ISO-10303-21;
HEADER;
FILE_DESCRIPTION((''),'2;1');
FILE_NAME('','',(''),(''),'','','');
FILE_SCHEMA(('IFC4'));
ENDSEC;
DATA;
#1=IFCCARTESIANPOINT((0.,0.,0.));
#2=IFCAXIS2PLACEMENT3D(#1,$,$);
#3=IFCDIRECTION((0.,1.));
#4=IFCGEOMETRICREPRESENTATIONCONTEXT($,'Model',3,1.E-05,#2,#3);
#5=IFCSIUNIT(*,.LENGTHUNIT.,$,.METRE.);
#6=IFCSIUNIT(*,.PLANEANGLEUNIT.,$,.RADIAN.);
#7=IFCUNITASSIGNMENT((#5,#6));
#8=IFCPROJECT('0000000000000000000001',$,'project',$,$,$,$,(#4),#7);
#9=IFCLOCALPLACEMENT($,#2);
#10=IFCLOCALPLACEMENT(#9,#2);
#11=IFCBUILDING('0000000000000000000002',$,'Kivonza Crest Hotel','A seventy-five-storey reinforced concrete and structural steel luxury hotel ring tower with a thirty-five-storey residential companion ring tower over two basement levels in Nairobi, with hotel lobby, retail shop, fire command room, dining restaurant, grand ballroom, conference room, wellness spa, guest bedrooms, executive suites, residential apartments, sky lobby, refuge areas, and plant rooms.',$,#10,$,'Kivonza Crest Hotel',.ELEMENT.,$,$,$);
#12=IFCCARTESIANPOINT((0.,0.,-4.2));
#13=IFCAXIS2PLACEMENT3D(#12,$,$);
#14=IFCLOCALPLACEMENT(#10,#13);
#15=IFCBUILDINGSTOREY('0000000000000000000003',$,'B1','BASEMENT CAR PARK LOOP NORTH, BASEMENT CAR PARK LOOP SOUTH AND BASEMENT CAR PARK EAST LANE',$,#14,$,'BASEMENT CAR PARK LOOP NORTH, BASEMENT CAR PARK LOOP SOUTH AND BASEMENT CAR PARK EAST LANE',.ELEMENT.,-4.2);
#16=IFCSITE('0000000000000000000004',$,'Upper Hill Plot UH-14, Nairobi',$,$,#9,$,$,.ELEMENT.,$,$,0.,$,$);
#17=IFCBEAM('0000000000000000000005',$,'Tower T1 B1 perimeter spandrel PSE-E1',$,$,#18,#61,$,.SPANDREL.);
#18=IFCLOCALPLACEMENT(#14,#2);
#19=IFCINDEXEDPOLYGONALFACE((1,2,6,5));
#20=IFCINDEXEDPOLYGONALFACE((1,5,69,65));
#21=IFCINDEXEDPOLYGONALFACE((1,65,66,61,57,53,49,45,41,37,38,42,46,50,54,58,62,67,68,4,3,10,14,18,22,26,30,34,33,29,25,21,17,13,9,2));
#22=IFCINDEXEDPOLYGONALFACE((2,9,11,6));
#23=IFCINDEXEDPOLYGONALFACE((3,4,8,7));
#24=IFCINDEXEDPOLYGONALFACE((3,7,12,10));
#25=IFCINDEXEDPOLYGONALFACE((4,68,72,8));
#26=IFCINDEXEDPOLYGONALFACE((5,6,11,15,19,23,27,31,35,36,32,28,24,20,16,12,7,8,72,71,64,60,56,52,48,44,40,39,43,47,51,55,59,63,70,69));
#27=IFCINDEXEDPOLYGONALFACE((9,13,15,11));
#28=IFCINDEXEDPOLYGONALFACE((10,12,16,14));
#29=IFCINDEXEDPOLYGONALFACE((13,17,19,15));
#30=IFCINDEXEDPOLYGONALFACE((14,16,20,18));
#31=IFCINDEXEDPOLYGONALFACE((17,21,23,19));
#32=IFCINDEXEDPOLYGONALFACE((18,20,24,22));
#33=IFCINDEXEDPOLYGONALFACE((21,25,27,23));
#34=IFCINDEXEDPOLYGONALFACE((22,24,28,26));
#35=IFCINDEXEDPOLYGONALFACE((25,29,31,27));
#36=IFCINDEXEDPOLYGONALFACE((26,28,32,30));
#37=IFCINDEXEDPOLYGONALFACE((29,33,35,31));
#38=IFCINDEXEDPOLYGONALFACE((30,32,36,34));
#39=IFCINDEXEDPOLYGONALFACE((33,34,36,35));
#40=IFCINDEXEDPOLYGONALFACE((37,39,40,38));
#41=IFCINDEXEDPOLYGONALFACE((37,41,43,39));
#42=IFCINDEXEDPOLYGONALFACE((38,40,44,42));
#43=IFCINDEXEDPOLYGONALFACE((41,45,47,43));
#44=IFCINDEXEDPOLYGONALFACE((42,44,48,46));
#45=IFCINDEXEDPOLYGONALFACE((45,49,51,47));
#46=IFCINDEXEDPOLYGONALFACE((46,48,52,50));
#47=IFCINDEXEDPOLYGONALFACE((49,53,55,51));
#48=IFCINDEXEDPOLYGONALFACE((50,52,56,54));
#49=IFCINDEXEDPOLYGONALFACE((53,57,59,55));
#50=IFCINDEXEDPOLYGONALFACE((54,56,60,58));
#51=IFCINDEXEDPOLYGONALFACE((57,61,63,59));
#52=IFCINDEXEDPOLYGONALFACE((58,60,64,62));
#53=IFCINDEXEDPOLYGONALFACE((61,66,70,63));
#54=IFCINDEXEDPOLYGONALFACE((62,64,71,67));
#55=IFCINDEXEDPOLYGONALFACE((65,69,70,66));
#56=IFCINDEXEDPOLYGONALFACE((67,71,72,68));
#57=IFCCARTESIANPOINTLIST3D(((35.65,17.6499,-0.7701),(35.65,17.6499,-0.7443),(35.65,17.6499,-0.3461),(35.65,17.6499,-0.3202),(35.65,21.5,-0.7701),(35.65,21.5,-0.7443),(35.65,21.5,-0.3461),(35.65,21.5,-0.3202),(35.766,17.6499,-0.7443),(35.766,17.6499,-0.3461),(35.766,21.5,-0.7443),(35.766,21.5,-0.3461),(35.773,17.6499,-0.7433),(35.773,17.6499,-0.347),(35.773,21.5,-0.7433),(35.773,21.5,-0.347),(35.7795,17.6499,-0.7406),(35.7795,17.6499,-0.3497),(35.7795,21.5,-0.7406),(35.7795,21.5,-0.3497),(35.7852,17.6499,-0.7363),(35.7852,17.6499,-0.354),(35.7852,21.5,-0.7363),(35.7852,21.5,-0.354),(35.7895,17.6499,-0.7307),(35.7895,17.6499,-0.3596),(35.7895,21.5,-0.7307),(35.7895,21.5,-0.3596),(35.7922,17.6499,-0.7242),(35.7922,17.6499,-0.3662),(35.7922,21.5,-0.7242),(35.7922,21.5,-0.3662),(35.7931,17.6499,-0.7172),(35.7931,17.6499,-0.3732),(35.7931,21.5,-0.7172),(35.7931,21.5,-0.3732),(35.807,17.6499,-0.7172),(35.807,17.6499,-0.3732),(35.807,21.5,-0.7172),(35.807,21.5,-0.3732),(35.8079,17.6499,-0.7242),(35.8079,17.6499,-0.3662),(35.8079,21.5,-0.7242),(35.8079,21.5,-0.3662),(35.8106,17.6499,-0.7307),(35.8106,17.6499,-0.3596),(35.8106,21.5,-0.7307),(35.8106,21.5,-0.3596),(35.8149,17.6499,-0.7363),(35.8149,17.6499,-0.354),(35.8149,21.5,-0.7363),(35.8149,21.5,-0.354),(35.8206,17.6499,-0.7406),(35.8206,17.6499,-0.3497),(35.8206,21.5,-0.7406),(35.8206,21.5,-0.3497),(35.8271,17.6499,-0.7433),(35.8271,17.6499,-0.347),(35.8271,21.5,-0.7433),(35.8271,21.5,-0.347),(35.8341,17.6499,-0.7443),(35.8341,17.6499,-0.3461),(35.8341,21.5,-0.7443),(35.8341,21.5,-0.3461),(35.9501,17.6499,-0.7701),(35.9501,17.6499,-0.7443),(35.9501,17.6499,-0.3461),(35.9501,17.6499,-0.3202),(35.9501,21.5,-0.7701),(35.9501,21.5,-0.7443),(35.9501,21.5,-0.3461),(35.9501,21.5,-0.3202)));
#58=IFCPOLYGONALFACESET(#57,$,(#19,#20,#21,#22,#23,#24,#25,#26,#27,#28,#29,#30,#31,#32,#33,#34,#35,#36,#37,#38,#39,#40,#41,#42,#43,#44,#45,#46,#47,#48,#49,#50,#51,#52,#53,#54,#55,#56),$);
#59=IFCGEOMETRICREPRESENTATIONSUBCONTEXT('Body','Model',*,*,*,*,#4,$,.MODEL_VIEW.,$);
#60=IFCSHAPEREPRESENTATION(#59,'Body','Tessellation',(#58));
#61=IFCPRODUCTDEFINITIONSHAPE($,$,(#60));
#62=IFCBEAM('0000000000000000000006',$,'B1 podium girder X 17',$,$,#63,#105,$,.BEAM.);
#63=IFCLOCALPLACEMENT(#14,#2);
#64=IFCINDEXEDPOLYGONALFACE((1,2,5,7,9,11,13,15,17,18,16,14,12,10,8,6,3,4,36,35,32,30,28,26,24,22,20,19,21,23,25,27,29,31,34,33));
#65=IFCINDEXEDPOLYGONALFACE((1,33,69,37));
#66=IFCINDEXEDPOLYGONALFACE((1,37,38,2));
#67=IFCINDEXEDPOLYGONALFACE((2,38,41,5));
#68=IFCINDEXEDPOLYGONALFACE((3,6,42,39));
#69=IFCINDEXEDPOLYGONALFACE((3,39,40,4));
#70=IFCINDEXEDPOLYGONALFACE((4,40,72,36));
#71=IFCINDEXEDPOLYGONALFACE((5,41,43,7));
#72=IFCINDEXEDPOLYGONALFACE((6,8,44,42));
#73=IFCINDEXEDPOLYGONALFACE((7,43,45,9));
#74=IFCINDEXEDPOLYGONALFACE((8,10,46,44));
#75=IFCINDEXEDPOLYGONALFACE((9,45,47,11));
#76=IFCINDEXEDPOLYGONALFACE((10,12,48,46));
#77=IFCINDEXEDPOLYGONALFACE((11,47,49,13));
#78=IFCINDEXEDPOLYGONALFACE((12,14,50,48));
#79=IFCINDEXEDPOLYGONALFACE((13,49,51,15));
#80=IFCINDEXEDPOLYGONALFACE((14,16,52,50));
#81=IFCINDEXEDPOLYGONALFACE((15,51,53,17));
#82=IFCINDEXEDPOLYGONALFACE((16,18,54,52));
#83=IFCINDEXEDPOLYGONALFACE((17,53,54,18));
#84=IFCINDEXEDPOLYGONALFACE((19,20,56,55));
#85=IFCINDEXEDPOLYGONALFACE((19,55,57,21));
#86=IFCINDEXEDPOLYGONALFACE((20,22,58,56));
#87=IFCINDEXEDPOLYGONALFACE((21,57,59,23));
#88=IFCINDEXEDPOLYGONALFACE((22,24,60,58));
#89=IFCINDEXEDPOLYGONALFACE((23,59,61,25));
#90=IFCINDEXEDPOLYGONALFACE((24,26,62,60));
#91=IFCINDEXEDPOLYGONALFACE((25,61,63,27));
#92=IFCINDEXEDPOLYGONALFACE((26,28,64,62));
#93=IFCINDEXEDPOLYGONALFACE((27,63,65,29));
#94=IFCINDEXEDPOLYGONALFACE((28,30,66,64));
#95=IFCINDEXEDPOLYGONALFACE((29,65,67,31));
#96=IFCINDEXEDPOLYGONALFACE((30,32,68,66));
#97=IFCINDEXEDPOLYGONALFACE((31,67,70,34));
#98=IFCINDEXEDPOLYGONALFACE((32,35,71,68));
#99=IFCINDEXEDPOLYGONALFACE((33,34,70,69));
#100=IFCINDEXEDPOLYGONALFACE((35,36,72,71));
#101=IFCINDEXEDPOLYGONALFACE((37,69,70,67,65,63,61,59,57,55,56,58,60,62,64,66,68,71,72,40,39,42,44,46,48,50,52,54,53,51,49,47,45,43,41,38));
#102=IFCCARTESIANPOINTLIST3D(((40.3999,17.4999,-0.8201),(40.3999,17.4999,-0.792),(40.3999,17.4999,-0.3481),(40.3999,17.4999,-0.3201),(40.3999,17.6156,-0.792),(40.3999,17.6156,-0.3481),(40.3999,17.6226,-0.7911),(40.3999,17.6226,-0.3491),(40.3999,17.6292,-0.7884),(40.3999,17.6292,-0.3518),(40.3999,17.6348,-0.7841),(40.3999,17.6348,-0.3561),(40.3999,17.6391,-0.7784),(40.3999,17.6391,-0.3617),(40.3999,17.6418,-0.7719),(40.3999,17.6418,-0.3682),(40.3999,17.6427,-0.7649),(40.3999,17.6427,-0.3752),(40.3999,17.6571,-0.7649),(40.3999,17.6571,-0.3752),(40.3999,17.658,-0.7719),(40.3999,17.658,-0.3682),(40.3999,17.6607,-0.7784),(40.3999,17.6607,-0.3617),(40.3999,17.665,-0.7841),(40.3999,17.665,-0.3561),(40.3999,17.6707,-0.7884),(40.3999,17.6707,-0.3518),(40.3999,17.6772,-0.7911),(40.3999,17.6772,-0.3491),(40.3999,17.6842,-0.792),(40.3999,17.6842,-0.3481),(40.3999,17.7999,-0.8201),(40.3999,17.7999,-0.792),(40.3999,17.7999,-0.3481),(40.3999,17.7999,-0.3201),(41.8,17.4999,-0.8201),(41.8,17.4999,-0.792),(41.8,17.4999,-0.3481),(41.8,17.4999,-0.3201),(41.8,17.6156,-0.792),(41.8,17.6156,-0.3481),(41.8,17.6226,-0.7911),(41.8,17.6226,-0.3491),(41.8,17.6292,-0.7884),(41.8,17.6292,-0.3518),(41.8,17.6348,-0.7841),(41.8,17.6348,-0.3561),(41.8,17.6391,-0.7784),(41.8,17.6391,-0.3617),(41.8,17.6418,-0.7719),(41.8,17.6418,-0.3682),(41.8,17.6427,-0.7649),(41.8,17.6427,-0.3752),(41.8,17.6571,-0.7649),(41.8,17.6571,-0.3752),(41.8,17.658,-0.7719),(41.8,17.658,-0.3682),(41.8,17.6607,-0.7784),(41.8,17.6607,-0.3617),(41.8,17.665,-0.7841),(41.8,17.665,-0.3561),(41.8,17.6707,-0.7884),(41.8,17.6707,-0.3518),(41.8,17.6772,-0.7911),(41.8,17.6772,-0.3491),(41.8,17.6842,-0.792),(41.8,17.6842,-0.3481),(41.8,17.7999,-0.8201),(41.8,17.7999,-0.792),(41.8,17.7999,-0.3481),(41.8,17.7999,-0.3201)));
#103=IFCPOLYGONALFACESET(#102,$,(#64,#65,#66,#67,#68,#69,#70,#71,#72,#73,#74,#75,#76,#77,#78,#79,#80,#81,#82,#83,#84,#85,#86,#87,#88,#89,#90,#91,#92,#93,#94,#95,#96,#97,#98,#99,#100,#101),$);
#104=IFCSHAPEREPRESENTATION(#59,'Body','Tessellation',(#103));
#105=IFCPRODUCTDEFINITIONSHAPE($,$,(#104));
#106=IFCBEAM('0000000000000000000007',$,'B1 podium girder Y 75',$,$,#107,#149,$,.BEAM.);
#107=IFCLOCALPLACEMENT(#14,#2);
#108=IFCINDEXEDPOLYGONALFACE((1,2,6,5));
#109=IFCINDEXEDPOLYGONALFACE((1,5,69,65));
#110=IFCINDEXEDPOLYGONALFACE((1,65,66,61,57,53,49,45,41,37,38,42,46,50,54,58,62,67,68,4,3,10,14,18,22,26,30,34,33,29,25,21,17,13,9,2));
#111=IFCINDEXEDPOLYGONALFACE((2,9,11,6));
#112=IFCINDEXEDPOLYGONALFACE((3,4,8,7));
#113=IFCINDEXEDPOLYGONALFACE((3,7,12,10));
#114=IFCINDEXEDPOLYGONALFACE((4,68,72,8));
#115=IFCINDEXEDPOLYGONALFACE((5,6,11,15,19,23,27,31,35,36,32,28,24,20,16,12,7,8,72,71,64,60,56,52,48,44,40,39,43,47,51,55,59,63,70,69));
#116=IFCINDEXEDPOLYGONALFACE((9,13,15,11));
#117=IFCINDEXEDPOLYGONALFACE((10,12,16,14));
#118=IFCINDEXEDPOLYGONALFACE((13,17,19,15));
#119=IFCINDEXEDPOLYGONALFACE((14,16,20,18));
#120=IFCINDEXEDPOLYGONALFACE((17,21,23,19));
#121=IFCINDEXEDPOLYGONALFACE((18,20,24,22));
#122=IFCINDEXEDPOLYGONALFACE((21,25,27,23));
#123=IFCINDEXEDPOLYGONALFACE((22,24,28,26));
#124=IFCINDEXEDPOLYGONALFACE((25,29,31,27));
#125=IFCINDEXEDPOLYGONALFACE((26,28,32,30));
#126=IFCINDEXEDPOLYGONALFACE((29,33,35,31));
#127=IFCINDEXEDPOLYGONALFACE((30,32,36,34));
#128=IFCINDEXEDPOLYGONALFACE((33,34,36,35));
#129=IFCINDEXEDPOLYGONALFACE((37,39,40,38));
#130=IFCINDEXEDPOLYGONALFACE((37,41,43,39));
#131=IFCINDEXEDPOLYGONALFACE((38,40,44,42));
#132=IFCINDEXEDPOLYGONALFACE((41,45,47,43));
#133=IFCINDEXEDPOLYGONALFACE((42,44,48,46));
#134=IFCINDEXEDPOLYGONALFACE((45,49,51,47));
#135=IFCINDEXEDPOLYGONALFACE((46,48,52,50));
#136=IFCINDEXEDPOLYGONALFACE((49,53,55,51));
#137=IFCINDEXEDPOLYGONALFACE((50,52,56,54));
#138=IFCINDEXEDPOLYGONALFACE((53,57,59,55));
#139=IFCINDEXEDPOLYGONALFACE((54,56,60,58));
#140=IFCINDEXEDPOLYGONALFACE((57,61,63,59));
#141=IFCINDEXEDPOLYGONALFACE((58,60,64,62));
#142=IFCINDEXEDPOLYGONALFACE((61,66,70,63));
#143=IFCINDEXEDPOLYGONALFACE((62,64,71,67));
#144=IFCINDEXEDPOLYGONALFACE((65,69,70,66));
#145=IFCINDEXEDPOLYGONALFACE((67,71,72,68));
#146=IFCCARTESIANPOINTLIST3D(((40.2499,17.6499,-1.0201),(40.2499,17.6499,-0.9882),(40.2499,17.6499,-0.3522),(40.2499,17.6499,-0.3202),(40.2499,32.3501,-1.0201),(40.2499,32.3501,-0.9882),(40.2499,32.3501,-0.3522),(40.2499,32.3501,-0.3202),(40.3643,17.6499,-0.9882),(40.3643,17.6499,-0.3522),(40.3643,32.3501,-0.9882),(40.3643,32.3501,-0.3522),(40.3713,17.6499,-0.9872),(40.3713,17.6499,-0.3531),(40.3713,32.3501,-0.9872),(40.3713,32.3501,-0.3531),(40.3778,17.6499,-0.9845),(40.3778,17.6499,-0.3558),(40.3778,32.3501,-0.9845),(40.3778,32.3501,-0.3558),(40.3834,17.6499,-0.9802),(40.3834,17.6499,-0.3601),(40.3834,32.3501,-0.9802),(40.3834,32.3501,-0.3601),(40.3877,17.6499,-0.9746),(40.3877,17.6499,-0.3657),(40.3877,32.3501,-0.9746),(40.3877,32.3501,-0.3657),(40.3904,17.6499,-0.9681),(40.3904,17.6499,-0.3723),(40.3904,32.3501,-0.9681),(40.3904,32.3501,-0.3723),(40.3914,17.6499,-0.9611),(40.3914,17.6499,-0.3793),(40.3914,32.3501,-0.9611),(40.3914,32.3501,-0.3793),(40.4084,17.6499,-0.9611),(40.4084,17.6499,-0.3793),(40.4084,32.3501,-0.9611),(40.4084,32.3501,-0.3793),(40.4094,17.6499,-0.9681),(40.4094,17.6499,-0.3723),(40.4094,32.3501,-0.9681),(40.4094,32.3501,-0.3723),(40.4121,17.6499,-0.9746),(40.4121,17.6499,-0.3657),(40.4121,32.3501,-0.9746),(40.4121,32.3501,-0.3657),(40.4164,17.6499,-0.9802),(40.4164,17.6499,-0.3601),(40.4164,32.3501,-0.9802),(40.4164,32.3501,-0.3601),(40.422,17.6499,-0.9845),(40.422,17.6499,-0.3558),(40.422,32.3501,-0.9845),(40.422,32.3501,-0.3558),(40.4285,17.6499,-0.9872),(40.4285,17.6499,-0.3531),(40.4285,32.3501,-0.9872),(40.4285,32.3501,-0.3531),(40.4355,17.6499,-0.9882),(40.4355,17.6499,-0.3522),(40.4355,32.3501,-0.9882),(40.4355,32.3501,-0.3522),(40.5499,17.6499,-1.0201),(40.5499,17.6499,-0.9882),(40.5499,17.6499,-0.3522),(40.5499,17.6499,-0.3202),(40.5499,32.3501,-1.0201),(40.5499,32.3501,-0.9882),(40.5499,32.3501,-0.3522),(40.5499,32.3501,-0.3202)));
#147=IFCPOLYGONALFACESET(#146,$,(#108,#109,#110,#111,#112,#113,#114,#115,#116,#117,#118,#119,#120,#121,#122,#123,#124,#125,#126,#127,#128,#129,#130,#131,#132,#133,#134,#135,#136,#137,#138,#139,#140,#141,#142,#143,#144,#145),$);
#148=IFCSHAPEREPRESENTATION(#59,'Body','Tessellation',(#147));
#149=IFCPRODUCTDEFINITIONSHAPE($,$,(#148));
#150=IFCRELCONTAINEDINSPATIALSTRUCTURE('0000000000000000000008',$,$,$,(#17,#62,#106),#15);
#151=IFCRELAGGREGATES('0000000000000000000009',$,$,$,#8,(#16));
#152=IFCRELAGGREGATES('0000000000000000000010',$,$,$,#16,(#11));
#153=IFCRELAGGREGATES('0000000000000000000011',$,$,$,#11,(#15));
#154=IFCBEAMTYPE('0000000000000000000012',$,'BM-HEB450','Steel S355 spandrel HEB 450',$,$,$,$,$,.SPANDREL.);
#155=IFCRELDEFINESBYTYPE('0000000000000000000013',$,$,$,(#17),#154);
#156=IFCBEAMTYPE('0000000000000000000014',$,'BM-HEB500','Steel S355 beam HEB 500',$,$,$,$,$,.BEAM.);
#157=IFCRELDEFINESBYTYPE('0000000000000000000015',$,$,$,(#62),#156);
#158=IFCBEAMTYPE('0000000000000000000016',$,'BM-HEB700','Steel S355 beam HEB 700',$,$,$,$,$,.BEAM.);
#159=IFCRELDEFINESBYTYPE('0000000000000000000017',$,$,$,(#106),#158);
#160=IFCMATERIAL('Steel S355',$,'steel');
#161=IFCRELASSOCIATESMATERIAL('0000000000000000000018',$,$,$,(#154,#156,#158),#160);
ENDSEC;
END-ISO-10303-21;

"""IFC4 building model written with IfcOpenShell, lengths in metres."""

from ifc_helpers import new_model, si_unit, direction, frame, origin, origin_2d, place, context, subcontext, project, spatial, i_section, extrude, material, material_profile, profile_set, type_object, element, save


model = new_model("IFC4")

# Units and contexts
model_context = context("Model", 3, precision=1e-05, world=origin(), true_north=direction((0.0, 1.0)))
body_context = subcontext(model_context, "Body", "Model", "MODEL_VIEW")
ifc_project = project(units=[si_unit("LENGTHUNIT", "METRE"), si_unit("PLANEANGLEUNIT", "RADIAN")], contexts=[model_context])

# Site, building, storey
site_placement = place(None, origin())
site = spatial("IfcSite", under=ifc_project, at=site_placement, Name="Upper Hill Plot UH-14, Nairobi", CompositionType="ELEMENT", RefElevation=0.0)
building_placement = place(site_placement, origin())
building = spatial("IfcBuilding", under=site, at=building_placement, Name="Kivonza Crest Hotel", Description="A seventy-five-storey reinforced concrete and structural steel luxury hotel ring tower with a thirty-five-storey residential companion ring tower over two basement levels in Nairobi, with hotel lobby, retail shop, fire command room, dining restaurant, grand ballroom, conference room, wellness spa, guest bedrooms, executive suites, residential apartments, sky lobby, refuge areas, and plant rooms.", LongName="Kivonza Crest Hotel", CompositionType="ELEMENT")
storey_placement = place(building_placement, frame((0.0, 0.0, -4.2)))
storey = spatial("IfcBuildingStorey", under=building, at=storey_placement, Name="B1", Description="BASEMENT CAR PARK LOOP NORTH, BASEMENT CAR PARK LOOP SOUTH AND BASEMENT CAR PARK EAST LANE", LongName="BASEMENT CAR PARK LOOP NORTH, BASEMENT CAR PARK LOOP SOUTH AND BASEMENT CAR PARK EAST LANE", CompositionType="ELEMENT", Elevation=-4.2)

# Beams
ifc_material_1 = material(Name="Steel S355", Category="steel")
ifc_material_profile_1 = material_profile(ifc_material_1, i_section(OverallWidth=0.3, OverallDepth=0.45, WebThickness=0.0139, FlangeThickness=0.0259, FilletRadius=0.0271, at=origin_2d()), Name="HEB 450")
ifc_profile_set_1 = profile_set([ifc_material_profile_1], Name="Steel S355")
beam_type_1 = type_object("IfcBeamType", Name="BM-HEB450", Description="Steel S355 spandrel HEB 450", PredefinedType="SPANDREL", material=ifc_profile_set_1)
beam_1_placement = place(storey_placement, frame((35.8, 17.6499, -0.5452), z_axis=(0.0, 1.0, 0.0), x_axis=(-1.0, 0.0, 0.0)))
element("IfcBeam", 1, at=beam_1_placement, inside=storey, type_object=beam_type_1, Name="Tower T1 B1 perimeter spandrel PSE-E1", PredefinedType="SPANDREL", context=body_context, shape_type="SweptSolid", body=[
    extrude(i_section(OverallWidth=0.3, OverallDepth=0.45, WebThickness=0.0139, FlangeThickness=0.0259, FilletRadius=0.0271, at=origin_2d()), origin(), (0.0, 0.0, 1.0), 3.8501),
])
ifc_material_profile_2 = material_profile(ifc_material_1, i_section(OverallWidth=0.3, OverallDepth=0.5, WebThickness=0.0144, FlangeThickness=0.0281, FilletRadius=0.0271, at=origin_2d()), Name="HEB 500")
ifc_profile_set_2 = profile_set([ifc_material_profile_2], Name="Steel S355")
beam_type_2 = type_object("IfcBeamType", Name="BM-HEB500", Description="Steel S355 beam HEB 500", PredefinedType="BEAM", material=ifc_profile_set_2)
beam_2_placement = place(storey_placement, frame((40.3999, 17.6499, -0.5701), z_axis=(1.0, 0.0, 0.0), x_axis=(0.0, 1.0, 0.0)))
element("IfcBeam", 2, at=beam_2_placement, inside=storey, type_object=beam_type_2, Name="B1 podium girder X 17", PredefinedType="BEAM", context=body_context, shape_type="SweptSolid", body=[
    extrude(i_section(OverallWidth=0.3, OverallDepth=0.5, WebThickness=0.0144, FlangeThickness=0.0281, FilletRadius=0.0271, at=origin_2d()), origin(), (0.0, 0.0, 1.0), 1.4001),
])
ifc_material_profile_3 = material_profile(ifc_material_1, i_section(OverallWidth=0.3, OverallDepth=0.7, WebThickness=0.0171, FlangeThickness=0.032, FilletRadius=0.0271, at=origin_2d()), Name="HEB 700")
ifc_profile_set_3 = profile_set([ifc_material_profile_3], Name="Steel S355")
beam_type_3 = type_object("IfcBeamType", Name="BM-HEB700", Description="Steel S355 beam HEB 700", PredefinedType="BEAM", material=ifc_profile_set_3)
beam_3_placement = place(storey_placement, frame((40.3999, 17.6499, -0.6702), z_axis=(0.0, 1.0, 0.0), x_axis=(-1.0, 0.0, 0.0)))
element("IfcBeam", 3, at=beam_3_placement, inside=storey, type_object=beam_type_3, Name="B1 podium girder Y 75", PredefinedType="BEAM", context=body_context, shape_type="SweptSolid", body=[
    extrude(i_section(OverallWidth=0.3, OverallDepth=0.7, WebThickness=0.0171, FlangeThickness=0.032, FilletRadius=0.0271, at=origin_2d()), origin(), (0.0, 0.0, 1.0), 14.7002),
])

save(model, "model.ifc")
